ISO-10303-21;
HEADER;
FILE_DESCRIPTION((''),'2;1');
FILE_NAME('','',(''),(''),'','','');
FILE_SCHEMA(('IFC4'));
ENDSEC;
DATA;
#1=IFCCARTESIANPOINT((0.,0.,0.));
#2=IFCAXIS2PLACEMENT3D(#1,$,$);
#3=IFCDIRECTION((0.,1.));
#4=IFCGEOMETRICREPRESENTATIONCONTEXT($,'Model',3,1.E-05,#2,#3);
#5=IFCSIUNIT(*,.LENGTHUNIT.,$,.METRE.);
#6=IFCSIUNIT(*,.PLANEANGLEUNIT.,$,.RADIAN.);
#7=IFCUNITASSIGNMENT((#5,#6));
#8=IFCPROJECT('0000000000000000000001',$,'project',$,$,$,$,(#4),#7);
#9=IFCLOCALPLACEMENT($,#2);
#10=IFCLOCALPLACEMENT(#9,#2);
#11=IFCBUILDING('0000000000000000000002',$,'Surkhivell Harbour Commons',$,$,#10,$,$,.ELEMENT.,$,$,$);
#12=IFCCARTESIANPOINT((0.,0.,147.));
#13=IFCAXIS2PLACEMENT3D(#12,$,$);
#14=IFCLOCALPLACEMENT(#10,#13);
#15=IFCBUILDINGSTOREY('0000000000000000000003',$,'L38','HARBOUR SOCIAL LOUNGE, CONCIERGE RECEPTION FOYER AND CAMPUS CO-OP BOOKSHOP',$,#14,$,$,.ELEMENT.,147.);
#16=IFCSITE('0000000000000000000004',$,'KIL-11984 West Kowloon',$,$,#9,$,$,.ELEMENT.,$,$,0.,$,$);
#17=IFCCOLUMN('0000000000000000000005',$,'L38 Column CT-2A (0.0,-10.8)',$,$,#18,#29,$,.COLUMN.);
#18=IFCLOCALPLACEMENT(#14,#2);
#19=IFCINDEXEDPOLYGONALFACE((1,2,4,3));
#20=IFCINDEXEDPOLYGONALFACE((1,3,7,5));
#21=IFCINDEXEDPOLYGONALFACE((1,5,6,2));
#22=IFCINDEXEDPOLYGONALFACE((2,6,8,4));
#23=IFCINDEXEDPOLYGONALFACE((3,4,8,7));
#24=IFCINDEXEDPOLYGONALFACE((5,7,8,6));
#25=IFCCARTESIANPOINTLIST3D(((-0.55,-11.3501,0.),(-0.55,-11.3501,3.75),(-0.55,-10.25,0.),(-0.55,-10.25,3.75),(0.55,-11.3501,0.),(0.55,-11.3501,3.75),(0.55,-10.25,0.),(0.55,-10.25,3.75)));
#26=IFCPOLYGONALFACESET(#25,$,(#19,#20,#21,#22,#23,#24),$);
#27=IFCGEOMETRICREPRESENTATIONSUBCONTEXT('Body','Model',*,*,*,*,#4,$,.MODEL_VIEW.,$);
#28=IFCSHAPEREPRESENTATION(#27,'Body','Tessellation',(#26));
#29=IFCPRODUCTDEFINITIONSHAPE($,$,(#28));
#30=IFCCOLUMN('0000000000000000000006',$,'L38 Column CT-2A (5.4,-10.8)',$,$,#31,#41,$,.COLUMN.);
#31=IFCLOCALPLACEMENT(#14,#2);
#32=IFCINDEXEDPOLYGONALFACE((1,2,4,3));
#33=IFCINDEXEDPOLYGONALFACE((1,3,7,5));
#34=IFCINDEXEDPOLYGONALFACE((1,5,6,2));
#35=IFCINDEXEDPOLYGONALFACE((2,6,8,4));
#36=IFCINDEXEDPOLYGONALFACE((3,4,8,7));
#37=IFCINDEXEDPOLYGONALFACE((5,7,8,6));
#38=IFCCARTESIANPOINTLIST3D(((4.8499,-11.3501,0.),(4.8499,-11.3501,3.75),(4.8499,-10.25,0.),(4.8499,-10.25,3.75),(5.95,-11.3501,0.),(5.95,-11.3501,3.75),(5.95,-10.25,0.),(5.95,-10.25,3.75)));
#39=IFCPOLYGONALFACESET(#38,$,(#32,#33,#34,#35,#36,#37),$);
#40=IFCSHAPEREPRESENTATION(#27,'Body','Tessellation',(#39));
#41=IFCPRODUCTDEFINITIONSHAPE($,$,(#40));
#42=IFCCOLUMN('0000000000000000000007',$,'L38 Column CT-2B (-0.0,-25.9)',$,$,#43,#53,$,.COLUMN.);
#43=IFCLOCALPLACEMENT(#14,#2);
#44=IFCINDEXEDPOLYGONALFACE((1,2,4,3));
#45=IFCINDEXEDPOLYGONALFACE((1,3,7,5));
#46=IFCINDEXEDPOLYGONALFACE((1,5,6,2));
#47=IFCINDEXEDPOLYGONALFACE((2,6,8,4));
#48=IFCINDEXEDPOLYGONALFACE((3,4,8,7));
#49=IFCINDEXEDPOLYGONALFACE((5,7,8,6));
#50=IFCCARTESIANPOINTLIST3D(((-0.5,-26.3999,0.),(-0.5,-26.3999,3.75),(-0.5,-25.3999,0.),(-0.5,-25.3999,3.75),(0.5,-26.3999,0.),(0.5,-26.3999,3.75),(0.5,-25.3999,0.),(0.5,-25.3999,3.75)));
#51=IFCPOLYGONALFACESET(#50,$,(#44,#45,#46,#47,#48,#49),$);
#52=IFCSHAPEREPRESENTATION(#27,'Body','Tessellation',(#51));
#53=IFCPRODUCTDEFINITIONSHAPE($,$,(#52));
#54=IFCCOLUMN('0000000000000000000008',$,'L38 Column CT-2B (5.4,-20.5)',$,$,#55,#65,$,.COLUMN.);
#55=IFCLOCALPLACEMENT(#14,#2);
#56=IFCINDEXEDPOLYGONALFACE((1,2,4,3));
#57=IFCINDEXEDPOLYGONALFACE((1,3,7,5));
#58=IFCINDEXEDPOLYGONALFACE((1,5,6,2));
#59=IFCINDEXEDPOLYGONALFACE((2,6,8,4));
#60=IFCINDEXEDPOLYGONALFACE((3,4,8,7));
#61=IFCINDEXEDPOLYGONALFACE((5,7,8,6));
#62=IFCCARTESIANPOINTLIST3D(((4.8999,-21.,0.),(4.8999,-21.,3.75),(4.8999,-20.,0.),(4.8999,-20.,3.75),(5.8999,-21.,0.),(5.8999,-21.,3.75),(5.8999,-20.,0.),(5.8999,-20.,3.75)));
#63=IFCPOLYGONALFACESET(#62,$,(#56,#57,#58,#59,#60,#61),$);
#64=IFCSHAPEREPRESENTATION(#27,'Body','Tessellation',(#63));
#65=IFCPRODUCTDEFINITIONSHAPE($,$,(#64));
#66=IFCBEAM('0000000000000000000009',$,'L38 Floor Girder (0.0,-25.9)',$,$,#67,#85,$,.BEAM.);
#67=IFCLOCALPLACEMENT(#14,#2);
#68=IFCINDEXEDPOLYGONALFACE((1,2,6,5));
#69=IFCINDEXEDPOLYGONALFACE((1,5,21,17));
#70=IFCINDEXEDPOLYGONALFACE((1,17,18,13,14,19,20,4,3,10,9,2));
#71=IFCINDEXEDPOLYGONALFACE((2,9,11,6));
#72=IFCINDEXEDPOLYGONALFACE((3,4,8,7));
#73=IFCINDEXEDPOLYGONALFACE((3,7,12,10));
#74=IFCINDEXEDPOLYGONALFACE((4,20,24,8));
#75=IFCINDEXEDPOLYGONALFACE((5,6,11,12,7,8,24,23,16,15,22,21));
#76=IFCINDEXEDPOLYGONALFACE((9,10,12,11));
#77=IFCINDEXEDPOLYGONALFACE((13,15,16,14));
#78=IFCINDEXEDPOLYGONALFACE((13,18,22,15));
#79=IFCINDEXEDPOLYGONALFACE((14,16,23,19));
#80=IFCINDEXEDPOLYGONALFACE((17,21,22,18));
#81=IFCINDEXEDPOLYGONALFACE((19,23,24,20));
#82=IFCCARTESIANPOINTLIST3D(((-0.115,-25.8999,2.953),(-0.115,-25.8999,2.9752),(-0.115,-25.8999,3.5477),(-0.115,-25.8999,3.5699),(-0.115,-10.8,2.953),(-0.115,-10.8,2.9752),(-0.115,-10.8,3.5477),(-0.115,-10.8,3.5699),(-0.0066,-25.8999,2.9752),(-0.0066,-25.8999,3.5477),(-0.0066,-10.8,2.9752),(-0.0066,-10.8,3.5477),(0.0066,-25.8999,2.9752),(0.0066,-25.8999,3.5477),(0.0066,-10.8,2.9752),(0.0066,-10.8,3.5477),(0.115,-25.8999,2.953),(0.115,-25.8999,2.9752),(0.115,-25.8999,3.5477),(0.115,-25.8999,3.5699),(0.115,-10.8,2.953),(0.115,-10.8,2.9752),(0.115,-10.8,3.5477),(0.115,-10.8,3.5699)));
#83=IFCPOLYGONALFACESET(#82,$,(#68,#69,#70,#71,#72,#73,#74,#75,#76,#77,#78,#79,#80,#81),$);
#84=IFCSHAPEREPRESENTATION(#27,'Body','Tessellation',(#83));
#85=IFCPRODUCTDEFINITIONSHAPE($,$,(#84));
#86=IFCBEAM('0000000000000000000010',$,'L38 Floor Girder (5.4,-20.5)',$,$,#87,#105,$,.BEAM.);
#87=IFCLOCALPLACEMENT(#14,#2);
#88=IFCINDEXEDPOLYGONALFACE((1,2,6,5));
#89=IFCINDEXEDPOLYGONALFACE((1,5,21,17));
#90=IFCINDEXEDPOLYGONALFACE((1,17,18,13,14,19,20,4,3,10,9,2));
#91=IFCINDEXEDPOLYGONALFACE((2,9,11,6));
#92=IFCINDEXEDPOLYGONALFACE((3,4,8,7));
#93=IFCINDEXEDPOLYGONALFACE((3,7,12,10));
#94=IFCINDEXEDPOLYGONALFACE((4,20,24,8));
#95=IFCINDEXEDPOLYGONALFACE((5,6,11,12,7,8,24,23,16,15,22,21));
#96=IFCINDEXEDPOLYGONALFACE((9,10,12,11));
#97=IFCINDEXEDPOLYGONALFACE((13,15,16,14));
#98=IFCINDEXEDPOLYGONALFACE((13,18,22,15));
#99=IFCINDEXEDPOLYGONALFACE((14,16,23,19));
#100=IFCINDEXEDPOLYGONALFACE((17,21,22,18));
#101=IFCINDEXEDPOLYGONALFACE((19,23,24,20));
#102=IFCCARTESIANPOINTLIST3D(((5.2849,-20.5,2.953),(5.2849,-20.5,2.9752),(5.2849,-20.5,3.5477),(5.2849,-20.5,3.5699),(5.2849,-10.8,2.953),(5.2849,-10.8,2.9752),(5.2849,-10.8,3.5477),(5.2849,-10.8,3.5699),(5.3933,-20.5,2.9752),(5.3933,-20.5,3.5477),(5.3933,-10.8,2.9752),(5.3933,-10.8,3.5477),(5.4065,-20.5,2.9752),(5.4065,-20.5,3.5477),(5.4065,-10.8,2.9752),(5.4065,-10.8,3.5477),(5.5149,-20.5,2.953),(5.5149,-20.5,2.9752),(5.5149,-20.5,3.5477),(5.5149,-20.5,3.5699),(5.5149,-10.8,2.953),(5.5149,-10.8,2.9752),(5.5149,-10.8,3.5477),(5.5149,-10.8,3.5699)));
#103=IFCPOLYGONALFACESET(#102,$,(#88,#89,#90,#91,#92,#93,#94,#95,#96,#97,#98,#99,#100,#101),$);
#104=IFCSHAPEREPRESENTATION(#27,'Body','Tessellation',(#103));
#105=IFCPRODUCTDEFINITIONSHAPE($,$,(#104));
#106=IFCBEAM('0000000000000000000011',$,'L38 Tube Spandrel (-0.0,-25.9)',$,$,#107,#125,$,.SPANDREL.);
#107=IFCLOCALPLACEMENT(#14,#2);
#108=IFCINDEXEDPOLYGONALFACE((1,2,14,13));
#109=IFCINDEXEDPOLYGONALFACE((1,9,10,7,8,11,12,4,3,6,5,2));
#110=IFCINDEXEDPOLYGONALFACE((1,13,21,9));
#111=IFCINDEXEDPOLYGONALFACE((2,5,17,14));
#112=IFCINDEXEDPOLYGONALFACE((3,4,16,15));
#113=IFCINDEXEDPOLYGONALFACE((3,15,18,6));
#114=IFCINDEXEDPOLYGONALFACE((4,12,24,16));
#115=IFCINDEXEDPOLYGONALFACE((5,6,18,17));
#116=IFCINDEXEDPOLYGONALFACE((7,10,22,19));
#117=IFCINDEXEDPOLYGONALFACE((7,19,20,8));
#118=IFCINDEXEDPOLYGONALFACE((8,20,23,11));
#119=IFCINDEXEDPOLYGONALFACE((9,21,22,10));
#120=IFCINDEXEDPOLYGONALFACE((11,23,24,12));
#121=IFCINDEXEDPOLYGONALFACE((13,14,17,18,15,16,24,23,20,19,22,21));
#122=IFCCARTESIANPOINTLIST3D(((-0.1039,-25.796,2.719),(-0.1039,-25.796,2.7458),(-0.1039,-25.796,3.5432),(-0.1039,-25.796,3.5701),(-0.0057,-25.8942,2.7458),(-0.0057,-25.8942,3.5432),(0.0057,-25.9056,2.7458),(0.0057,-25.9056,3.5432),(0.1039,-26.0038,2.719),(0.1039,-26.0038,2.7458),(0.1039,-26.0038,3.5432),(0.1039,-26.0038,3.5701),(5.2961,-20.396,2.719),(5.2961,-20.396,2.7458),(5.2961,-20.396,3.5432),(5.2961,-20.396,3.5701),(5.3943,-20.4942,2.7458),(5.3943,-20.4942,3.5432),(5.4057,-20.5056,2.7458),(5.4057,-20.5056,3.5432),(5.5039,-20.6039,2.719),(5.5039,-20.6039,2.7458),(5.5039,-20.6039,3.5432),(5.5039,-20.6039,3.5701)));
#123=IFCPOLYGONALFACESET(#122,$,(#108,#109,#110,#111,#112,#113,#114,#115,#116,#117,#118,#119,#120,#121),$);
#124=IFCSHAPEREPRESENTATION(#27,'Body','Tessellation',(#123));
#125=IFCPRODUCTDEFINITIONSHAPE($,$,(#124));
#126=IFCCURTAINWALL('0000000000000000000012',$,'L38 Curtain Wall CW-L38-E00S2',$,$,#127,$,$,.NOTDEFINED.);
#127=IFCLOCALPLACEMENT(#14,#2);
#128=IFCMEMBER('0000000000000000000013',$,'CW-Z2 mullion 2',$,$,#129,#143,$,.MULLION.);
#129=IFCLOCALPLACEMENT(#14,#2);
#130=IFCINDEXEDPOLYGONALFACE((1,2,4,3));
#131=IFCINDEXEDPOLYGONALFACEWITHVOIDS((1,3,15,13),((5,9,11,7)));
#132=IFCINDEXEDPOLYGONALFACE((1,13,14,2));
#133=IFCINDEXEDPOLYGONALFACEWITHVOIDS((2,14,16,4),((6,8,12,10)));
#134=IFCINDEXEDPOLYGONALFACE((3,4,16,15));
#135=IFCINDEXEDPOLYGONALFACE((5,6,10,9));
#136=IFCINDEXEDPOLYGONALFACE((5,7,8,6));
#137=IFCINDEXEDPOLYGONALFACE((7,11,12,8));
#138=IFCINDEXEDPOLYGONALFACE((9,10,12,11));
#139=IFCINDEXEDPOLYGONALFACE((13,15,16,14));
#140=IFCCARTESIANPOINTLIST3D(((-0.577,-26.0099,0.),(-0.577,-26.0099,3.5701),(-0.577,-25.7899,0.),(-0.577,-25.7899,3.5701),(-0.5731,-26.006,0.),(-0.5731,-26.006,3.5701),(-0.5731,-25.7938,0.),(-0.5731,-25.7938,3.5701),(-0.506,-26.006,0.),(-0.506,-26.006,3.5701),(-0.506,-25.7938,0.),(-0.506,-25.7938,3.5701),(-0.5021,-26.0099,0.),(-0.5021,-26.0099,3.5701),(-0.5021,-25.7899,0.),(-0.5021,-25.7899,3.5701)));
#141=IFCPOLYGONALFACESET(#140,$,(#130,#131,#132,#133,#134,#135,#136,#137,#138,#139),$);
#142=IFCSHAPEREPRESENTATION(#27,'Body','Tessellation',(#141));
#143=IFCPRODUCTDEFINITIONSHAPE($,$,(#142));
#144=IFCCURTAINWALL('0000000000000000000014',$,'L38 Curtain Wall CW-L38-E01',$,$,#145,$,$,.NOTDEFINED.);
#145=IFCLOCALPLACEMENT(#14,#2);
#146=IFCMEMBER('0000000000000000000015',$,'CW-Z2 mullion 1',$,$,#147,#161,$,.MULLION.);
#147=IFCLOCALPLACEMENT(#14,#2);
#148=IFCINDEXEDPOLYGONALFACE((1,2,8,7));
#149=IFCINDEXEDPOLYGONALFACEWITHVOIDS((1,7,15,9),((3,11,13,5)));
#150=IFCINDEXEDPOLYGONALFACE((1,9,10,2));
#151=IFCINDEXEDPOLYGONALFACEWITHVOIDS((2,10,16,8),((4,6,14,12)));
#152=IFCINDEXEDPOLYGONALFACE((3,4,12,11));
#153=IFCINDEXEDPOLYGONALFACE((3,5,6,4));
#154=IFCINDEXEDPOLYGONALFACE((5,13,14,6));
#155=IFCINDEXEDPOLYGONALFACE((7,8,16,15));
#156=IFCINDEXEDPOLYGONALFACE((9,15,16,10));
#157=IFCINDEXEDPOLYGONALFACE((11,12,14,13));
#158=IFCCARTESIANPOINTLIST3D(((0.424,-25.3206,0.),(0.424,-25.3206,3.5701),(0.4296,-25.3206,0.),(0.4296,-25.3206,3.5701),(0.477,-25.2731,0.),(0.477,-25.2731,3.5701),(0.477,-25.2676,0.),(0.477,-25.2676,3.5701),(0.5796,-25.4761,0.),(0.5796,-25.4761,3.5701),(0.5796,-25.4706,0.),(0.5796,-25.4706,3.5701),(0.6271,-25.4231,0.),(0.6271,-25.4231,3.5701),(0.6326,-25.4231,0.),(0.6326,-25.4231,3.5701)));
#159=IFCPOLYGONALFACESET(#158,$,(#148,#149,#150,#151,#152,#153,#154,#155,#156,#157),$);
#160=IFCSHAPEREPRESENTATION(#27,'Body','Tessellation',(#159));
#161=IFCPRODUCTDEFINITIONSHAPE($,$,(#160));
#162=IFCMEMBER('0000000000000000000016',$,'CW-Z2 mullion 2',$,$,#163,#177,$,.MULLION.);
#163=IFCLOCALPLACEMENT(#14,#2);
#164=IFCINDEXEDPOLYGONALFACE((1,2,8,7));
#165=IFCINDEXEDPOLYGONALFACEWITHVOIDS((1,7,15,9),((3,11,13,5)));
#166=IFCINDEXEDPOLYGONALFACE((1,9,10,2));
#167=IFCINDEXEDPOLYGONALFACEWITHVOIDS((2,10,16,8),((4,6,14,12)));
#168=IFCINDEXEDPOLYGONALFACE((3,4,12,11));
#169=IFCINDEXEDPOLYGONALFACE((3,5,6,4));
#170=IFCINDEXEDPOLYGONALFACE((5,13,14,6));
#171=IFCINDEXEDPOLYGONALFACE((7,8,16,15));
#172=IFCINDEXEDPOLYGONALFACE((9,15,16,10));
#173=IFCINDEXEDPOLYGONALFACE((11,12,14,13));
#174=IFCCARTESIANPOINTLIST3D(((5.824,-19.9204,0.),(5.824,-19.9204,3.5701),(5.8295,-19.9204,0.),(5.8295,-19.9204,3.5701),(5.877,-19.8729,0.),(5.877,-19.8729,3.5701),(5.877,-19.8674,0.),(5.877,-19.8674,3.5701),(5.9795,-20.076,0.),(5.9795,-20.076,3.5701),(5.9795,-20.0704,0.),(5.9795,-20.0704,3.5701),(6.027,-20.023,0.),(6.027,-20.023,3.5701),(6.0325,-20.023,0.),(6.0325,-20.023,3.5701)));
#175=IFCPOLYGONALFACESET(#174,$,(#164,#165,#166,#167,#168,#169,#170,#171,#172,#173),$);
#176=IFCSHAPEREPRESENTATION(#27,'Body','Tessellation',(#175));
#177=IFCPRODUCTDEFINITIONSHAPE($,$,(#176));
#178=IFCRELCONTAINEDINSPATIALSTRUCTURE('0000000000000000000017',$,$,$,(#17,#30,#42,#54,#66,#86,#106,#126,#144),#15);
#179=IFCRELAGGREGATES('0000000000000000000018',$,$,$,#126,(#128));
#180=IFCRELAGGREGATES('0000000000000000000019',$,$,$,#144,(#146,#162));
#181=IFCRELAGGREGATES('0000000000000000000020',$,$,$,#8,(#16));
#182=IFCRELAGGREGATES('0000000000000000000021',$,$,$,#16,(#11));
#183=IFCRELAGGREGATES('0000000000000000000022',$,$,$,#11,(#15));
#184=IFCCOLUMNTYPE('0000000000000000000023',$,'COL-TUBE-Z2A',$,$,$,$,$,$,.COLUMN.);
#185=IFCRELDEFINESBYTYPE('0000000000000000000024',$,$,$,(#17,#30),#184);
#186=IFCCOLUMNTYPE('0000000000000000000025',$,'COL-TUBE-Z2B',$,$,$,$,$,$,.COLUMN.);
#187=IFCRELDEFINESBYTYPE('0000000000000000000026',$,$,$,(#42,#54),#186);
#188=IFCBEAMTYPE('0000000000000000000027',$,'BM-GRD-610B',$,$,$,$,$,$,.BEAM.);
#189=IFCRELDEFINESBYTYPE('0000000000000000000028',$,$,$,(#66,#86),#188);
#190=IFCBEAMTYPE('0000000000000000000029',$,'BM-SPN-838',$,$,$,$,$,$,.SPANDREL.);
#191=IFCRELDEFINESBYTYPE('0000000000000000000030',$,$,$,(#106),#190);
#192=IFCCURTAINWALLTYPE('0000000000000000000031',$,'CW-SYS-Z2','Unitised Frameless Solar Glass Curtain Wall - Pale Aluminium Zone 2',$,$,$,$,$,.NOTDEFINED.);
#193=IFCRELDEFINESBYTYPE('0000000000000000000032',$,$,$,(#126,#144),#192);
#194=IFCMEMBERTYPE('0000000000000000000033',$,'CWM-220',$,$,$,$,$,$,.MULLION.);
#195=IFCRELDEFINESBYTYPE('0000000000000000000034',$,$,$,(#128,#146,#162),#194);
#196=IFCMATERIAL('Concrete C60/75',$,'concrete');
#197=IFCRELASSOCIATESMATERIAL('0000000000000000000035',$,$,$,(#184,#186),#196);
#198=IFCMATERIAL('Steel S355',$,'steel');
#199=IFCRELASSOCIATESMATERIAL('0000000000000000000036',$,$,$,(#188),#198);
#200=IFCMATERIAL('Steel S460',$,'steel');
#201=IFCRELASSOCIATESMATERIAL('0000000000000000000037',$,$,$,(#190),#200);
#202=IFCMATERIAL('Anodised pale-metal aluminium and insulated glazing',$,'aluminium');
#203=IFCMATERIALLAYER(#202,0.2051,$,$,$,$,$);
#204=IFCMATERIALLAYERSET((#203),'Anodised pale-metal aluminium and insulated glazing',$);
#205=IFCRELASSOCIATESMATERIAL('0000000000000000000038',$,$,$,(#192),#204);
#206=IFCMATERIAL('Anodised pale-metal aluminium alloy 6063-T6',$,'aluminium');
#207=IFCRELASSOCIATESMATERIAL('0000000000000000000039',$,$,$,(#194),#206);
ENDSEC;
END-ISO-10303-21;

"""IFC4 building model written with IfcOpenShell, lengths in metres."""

from ifc_helpers import new_model, si_unit, direction, frame, origin, origin_2d, place, context, subcontext, project, spatial, rectangle, hollow_rectangle, i_section, extrude, material, layer, layer_set, material_profile, profile_set, type_object, element, aggregate, save


model = new_model("IFC4")

# Units and contexts
model_context = context("Model", 3, precision=1e-05, world=origin(), true_north=direction((0.0, 1.0)))
body_context = subcontext(model_context, "Body", "Model", "MODEL_VIEW")
ifc_project = project(units=[si_unit("LENGTHUNIT", "METRE"), si_unit("PLANEANGLEUNIT", "RADIAN")], contexts=[model_context])

# Site, building, storey
site_placement = place(None, origin())
site = spatial("IfcSite", under=ifc_project, at=site_placement, Name="KIL-11984 West Kowloon", CompositionType="ELEMENT", RefElevation=0.0)
building_placement = place(site_placement, origin())
building = spatial("IfcBuilding", under=site, at=building_placement, Name="Surkhivell Harbour Commons", CompositionType="ELEMENT")
storey_placement = place(building_placement, frame((0.0, 0.0, 147.0)))
storey = spatial("IfcBuildingStorey", under=building, at=storey_placement, Name="L38", Description="HARBOUR SOCIAL LOUNGE, CONCIERGE RECEPTION FOYER AND CAMPUS CO-OP BOOKSHOP", CompositionType="ELEMENT", Elevation=147.0)

# Columns
ifc_material_1 = material(Name="Concrete C60/75", Category="concrete")
ifc_material_profile_1 = material_profile(ifc_material_1, rectangle(XDim=1.1001, YDim=1.1001, at=origin_2d()), Name="RC-COL-1100x1100")
ifc_profile_set_1 = profile_set([ifc_material_profile_1], Name="Concrete C60/75")
column_type_1 = type_object("IfcColumnType", Name="COL-TUBE-Z2A", PredefinedType="COLUMN", material=ifc_profile_set_1)
for number, where, z_axis, x_axis, name in (
    (1, (0.0, -10.8, 0.0), (0.0, 0.0, 1.0), (1.0, 0.0, 0.0), "L38 Column CT-2A (0.0,-10.8)"),
    (2, (5.3999, -10.8, 0.0), (0.0, 0.0, 1.0), (1.0, 0.0, 0.0), "L38 Column CT-2A (5.4,-10.8)"),
):
    element("IfcColumn", number, at=place(storey_placement, frame(where, z_axis=z_axis, x_axis=x_axis)), inside=storey, type_object=column_type_1, Name=name, PredefinedType="COLUMN", context=body_context, shape_type="SweptSolid", body=[
        extrude(rectangle(XDim=1.1001, YDim=1.1001, at=origin_2d()), origin(), (0.0, 0.0, 1.0), 3.75),
    ])
ifc_material_profile_2 = material_profile(ifc_material_1, rectangle(XDim=1.0, YDim=1.0, at=origin_2d()), Name="RC-COL-1000x1000")
ifc_profile_set_2 = profile_set([ifc_material_profile_2], Name="Concrete C60/75")
column_type_2 = type_object("IfcColumnType", Name="COL-TUBE-Z2B", PredefinedType="COLUMN", material=ifc_profile_set_2)
for number, where, z_axis, x_axis, name in (
    (3, (0.0, -25.8999, 0.0), (0.0, 0.0, 1.0), (1.0, 0.0, 0.0), "L38 Column CT-2B (-0.0,-25.9)"),
    (4, (5.3999, -20.5, 0.0), (0.0, 0.0, 1.0), (1.0, 0.0, 0.0), "L38 Column CT-2B (5.4,-20.5)"),
):
    element("IfcColumn", number, at=place(storey_placement, frame(where, z_axis=z_axis, x_axis=x_axis)), inside=storey, type_object=column_type_2, Name=name, PredefinedType="COLUMN", context=body_context, shape_type="SweptSolid", body=[
        extrude(rectangle(XDim=1.0, YDim=1.0, at=origin_2d()), origin(), (0.0, 0.0, 1.0), 3.75),
    ])

# Beams
ifc_material_2 = material(Name="Steel S355", Category="steel")
ifc_material_profile_3 = material_profile(ifc_material_2, i_section(OverallWidth=0.23, OverallDepth=0.6169, WebThickness=0.0132, FlangeThickness=0.0222, at=origin_2d()), Name="UB610x229x140")
ifc_profile_set_3 = profile_set([ifc_material_profile_3], Name="Steel S355")
beam_type_1 = type_object("IfcBeamType", Name="BM-GRD-610B", PredefinedType="BEAM", material=ifc_profile_set_3)
beam_1_placement = place(storey_placement, frame((0.0, -25.8999, 3.2615), z_axis=(0.0, 1.0, 0.0), x_axis=(-1.0, 0.0, 0.0)))
element("IfcBeam", 5, at=beam_1_placement, inside=storey, type_object=beam_type_1, Name="L38 Floor Girder (0.0,-25.9)", PredefinedType="BEAM", context=body_context, shape_type="SweptSolid", body=[
    extrude(i_section(OverallWidth=0.23, OverallDepth=0.6169, WebThickness=0.0132, FlangeThickness=0.0222, at=origin_2d()), origin(), (0.0, 0.0, 1.0), 15.0999),
])
beam_2_placement = place(storey_placement, frame((5.3999, -20.5, 3.2615), z_axis=(0.0, 1.0, 0.0), x_axis=(-1.0, 0.0, 0.0)))
element("IfcBeam", 6, at=beam_2_placement, inside=storey, type_object=beam_type_1, Name="L38 Floor Girder (5.4,-20.5)", PredefinedType="BEAM", context=body_context, shape_type="SweptSolid", body=[
    extrude(i_section(OverallWidth=0.23, OverallDepth=0.6169, WebThickness=0.0132, FlangeThickness=0.0222, at=origin_2d()), origin(), (0.0, 0.0, 1.0), 9.7),
])
ifc_material_3 = material(Name="Steel S460", Category="steel")
ifc_material_profile_4 = material_profile(ifc_material_3, i_section(OverallWidth=0.2939, OverallDepth=0.8511, WebThickness=0.0161, FlangeThickness=0.0269, at=origin_2d()), Name="UB838x292x226")
ifc_profile_set_4 = profile_set([ifc_material_profile_4], Name="Steel S460")
beam_type_2 = type_object("IfcBeamType", Name="BM-SPN-838", PredefinedType="SPANDREL", material=ifc_profile_set_4)
beam_3_placement = place(storey_placement, frame((0.0, -25.8999, 3.1445), z_axis=(0.707107, 0.707107, 0.0), x_axis=(-0.707107, 0.707107, 0.0)))
element("IfcBeam", 7, at=beam_3_placement, inside=storey, type_object=beam_type_2, Name="L38 Tube Spandrel (-0.0,-25.9)", PredefinedType="SPANDREL", context=body_context, shape_type="SweptSolid", body=[
    extrude(i_section(OverallWidth=0.2939, OverallDepth=0.8511, WebThickness=0.0161, FlangeThickness=0.0269, at=origin_2d()), origin(), (0.0, 0.0, 1.0), 7.6367),
])

# Curtain wall, member
ifc_material_4 = material(Name="Anodised pale-metal aluminium and insulated glazing", Category="aluminium")
ifc_layer_1 = layer(ifc_material_4, 0.2051)
ifc_layer_set_1 = layer_set([ifc_layer_1], Name="Anodised pale-metal aluminium and insulated glazing")
curtain_wall_type = type_object("IfcCurtainWallType", Name="CW-SYS-Z2", Description="Unitised Frameless Solar Glass Curtain Wall - Pale Aluminium Zone 2", PredefinedType="NOTDEFINED", material=ifc_layer_set_1)
curtain_wall_1_placement = place(storey_placement, origin())
curtain_wall_1 = element("IfcCurtainWall", 8, at=curtain_wall_1_placement, inside=storey, type_object=curtain_wall_type, Name="L38 Curtain Wall CW-L38-E00S2", PredefinedType="NOTDEFINED")
ifc_material_5 = material(Name="Anodised pale-metal aluminium alloy 6063-T6", Category="aluminium")
ifc_material_profile_5 = material_profile(ifc_material_5, hollow_rectangle(XDim=0.075, YDim=0.22, WallThickness=0.0039, at=origin_2d()), Name="ALU-MULL-75x220")
ifc_profile_set_5 = profile_set([ifc_material_profile_5], Name="Anodised pale-metal aluminium alloy 6063-T6")
member_type_1 = type_object("IfcMemberType", Name="CWM-220", PredefinedType="MULLION", material=ifc_profile_set_5)
member_1_placement = place(storey_placement, frame((-0.5396, -25.8999, 0.0), z_axis=(0.0, 0.0, 1.0), x_axis=(1.0, 0.0, 0.0)))
member_1 = element("IfcMember", 9, at=member_1_placement, type_object=member_type_1, Name="CW-Z2 mullion 2", PredefinedType="MULLION", context=body_context, shape_type="SweptSolid", body=[
    extrude(hollow_rectangle(XDim=0.075, YDim=0.22, WallThickness=0.0039, at=origin_2d()), origin(), (0.0, 0.0, 1.0), 3.5701),
])
aggregate(curtain_wall_1, [member_1])

# Curtain wall, members
curtain_wall_2_placement = place(storey_placement, origin())
curtain_wall_2 = element("IfcCurtainWall", 10, at=curtain_wall_2_placement, inside=storey, type_object=curtain_wall_type, Name="L38 Curtain Wall CW-L38-E01", PredefinedType="NOTDEFINED")
member_2_placement = place(storey_placement, frame((0.5283, -25.3718, 0.0), z_axis=(0.0, 0.0, 1.0), x_axis=(0.707107, 0.707107, 0.0)))
member_2 = element("IfcMember", 11, at=member_2_placement, type_object=member_type_1, Name="CW-Z2 mullion 1", PredefinedType="MULLION", context=body_context, shape_type="SweptSolid", body=[
    extrude(hollow_rectangle(XDim=0.075, YDim=0.22, WallThickness=0.0039, at=origin_2d()), origin(), (0.0, 0.0, 1.0), 3.5701),
])
member_3_placement = place(storey_placement, frame((5.9282, -19.9717, 0.0), z_axis=(0.0, 0.0, 1.0), x_axis=(0.707107, 0.707107, 0.0)))
member_3 = element("IfcMember", 12, at=member_3_placement, type_object=member_type_1, Name="CW-Z2 mullion 2", PredefinedType="MULLION", context=body_context, shape_type="SweptSolid", body=[
    extrude(hollow_rectangle(XDim=0.075, YDim=0.22, WallThickness=0.0039, at=origin_2d()), origin(), (0.0, 0.0, 1.0), 3.5701),
])
aggregate(curtain_wall_2, [member_2, member_3])

save(model, "model.ifc")
